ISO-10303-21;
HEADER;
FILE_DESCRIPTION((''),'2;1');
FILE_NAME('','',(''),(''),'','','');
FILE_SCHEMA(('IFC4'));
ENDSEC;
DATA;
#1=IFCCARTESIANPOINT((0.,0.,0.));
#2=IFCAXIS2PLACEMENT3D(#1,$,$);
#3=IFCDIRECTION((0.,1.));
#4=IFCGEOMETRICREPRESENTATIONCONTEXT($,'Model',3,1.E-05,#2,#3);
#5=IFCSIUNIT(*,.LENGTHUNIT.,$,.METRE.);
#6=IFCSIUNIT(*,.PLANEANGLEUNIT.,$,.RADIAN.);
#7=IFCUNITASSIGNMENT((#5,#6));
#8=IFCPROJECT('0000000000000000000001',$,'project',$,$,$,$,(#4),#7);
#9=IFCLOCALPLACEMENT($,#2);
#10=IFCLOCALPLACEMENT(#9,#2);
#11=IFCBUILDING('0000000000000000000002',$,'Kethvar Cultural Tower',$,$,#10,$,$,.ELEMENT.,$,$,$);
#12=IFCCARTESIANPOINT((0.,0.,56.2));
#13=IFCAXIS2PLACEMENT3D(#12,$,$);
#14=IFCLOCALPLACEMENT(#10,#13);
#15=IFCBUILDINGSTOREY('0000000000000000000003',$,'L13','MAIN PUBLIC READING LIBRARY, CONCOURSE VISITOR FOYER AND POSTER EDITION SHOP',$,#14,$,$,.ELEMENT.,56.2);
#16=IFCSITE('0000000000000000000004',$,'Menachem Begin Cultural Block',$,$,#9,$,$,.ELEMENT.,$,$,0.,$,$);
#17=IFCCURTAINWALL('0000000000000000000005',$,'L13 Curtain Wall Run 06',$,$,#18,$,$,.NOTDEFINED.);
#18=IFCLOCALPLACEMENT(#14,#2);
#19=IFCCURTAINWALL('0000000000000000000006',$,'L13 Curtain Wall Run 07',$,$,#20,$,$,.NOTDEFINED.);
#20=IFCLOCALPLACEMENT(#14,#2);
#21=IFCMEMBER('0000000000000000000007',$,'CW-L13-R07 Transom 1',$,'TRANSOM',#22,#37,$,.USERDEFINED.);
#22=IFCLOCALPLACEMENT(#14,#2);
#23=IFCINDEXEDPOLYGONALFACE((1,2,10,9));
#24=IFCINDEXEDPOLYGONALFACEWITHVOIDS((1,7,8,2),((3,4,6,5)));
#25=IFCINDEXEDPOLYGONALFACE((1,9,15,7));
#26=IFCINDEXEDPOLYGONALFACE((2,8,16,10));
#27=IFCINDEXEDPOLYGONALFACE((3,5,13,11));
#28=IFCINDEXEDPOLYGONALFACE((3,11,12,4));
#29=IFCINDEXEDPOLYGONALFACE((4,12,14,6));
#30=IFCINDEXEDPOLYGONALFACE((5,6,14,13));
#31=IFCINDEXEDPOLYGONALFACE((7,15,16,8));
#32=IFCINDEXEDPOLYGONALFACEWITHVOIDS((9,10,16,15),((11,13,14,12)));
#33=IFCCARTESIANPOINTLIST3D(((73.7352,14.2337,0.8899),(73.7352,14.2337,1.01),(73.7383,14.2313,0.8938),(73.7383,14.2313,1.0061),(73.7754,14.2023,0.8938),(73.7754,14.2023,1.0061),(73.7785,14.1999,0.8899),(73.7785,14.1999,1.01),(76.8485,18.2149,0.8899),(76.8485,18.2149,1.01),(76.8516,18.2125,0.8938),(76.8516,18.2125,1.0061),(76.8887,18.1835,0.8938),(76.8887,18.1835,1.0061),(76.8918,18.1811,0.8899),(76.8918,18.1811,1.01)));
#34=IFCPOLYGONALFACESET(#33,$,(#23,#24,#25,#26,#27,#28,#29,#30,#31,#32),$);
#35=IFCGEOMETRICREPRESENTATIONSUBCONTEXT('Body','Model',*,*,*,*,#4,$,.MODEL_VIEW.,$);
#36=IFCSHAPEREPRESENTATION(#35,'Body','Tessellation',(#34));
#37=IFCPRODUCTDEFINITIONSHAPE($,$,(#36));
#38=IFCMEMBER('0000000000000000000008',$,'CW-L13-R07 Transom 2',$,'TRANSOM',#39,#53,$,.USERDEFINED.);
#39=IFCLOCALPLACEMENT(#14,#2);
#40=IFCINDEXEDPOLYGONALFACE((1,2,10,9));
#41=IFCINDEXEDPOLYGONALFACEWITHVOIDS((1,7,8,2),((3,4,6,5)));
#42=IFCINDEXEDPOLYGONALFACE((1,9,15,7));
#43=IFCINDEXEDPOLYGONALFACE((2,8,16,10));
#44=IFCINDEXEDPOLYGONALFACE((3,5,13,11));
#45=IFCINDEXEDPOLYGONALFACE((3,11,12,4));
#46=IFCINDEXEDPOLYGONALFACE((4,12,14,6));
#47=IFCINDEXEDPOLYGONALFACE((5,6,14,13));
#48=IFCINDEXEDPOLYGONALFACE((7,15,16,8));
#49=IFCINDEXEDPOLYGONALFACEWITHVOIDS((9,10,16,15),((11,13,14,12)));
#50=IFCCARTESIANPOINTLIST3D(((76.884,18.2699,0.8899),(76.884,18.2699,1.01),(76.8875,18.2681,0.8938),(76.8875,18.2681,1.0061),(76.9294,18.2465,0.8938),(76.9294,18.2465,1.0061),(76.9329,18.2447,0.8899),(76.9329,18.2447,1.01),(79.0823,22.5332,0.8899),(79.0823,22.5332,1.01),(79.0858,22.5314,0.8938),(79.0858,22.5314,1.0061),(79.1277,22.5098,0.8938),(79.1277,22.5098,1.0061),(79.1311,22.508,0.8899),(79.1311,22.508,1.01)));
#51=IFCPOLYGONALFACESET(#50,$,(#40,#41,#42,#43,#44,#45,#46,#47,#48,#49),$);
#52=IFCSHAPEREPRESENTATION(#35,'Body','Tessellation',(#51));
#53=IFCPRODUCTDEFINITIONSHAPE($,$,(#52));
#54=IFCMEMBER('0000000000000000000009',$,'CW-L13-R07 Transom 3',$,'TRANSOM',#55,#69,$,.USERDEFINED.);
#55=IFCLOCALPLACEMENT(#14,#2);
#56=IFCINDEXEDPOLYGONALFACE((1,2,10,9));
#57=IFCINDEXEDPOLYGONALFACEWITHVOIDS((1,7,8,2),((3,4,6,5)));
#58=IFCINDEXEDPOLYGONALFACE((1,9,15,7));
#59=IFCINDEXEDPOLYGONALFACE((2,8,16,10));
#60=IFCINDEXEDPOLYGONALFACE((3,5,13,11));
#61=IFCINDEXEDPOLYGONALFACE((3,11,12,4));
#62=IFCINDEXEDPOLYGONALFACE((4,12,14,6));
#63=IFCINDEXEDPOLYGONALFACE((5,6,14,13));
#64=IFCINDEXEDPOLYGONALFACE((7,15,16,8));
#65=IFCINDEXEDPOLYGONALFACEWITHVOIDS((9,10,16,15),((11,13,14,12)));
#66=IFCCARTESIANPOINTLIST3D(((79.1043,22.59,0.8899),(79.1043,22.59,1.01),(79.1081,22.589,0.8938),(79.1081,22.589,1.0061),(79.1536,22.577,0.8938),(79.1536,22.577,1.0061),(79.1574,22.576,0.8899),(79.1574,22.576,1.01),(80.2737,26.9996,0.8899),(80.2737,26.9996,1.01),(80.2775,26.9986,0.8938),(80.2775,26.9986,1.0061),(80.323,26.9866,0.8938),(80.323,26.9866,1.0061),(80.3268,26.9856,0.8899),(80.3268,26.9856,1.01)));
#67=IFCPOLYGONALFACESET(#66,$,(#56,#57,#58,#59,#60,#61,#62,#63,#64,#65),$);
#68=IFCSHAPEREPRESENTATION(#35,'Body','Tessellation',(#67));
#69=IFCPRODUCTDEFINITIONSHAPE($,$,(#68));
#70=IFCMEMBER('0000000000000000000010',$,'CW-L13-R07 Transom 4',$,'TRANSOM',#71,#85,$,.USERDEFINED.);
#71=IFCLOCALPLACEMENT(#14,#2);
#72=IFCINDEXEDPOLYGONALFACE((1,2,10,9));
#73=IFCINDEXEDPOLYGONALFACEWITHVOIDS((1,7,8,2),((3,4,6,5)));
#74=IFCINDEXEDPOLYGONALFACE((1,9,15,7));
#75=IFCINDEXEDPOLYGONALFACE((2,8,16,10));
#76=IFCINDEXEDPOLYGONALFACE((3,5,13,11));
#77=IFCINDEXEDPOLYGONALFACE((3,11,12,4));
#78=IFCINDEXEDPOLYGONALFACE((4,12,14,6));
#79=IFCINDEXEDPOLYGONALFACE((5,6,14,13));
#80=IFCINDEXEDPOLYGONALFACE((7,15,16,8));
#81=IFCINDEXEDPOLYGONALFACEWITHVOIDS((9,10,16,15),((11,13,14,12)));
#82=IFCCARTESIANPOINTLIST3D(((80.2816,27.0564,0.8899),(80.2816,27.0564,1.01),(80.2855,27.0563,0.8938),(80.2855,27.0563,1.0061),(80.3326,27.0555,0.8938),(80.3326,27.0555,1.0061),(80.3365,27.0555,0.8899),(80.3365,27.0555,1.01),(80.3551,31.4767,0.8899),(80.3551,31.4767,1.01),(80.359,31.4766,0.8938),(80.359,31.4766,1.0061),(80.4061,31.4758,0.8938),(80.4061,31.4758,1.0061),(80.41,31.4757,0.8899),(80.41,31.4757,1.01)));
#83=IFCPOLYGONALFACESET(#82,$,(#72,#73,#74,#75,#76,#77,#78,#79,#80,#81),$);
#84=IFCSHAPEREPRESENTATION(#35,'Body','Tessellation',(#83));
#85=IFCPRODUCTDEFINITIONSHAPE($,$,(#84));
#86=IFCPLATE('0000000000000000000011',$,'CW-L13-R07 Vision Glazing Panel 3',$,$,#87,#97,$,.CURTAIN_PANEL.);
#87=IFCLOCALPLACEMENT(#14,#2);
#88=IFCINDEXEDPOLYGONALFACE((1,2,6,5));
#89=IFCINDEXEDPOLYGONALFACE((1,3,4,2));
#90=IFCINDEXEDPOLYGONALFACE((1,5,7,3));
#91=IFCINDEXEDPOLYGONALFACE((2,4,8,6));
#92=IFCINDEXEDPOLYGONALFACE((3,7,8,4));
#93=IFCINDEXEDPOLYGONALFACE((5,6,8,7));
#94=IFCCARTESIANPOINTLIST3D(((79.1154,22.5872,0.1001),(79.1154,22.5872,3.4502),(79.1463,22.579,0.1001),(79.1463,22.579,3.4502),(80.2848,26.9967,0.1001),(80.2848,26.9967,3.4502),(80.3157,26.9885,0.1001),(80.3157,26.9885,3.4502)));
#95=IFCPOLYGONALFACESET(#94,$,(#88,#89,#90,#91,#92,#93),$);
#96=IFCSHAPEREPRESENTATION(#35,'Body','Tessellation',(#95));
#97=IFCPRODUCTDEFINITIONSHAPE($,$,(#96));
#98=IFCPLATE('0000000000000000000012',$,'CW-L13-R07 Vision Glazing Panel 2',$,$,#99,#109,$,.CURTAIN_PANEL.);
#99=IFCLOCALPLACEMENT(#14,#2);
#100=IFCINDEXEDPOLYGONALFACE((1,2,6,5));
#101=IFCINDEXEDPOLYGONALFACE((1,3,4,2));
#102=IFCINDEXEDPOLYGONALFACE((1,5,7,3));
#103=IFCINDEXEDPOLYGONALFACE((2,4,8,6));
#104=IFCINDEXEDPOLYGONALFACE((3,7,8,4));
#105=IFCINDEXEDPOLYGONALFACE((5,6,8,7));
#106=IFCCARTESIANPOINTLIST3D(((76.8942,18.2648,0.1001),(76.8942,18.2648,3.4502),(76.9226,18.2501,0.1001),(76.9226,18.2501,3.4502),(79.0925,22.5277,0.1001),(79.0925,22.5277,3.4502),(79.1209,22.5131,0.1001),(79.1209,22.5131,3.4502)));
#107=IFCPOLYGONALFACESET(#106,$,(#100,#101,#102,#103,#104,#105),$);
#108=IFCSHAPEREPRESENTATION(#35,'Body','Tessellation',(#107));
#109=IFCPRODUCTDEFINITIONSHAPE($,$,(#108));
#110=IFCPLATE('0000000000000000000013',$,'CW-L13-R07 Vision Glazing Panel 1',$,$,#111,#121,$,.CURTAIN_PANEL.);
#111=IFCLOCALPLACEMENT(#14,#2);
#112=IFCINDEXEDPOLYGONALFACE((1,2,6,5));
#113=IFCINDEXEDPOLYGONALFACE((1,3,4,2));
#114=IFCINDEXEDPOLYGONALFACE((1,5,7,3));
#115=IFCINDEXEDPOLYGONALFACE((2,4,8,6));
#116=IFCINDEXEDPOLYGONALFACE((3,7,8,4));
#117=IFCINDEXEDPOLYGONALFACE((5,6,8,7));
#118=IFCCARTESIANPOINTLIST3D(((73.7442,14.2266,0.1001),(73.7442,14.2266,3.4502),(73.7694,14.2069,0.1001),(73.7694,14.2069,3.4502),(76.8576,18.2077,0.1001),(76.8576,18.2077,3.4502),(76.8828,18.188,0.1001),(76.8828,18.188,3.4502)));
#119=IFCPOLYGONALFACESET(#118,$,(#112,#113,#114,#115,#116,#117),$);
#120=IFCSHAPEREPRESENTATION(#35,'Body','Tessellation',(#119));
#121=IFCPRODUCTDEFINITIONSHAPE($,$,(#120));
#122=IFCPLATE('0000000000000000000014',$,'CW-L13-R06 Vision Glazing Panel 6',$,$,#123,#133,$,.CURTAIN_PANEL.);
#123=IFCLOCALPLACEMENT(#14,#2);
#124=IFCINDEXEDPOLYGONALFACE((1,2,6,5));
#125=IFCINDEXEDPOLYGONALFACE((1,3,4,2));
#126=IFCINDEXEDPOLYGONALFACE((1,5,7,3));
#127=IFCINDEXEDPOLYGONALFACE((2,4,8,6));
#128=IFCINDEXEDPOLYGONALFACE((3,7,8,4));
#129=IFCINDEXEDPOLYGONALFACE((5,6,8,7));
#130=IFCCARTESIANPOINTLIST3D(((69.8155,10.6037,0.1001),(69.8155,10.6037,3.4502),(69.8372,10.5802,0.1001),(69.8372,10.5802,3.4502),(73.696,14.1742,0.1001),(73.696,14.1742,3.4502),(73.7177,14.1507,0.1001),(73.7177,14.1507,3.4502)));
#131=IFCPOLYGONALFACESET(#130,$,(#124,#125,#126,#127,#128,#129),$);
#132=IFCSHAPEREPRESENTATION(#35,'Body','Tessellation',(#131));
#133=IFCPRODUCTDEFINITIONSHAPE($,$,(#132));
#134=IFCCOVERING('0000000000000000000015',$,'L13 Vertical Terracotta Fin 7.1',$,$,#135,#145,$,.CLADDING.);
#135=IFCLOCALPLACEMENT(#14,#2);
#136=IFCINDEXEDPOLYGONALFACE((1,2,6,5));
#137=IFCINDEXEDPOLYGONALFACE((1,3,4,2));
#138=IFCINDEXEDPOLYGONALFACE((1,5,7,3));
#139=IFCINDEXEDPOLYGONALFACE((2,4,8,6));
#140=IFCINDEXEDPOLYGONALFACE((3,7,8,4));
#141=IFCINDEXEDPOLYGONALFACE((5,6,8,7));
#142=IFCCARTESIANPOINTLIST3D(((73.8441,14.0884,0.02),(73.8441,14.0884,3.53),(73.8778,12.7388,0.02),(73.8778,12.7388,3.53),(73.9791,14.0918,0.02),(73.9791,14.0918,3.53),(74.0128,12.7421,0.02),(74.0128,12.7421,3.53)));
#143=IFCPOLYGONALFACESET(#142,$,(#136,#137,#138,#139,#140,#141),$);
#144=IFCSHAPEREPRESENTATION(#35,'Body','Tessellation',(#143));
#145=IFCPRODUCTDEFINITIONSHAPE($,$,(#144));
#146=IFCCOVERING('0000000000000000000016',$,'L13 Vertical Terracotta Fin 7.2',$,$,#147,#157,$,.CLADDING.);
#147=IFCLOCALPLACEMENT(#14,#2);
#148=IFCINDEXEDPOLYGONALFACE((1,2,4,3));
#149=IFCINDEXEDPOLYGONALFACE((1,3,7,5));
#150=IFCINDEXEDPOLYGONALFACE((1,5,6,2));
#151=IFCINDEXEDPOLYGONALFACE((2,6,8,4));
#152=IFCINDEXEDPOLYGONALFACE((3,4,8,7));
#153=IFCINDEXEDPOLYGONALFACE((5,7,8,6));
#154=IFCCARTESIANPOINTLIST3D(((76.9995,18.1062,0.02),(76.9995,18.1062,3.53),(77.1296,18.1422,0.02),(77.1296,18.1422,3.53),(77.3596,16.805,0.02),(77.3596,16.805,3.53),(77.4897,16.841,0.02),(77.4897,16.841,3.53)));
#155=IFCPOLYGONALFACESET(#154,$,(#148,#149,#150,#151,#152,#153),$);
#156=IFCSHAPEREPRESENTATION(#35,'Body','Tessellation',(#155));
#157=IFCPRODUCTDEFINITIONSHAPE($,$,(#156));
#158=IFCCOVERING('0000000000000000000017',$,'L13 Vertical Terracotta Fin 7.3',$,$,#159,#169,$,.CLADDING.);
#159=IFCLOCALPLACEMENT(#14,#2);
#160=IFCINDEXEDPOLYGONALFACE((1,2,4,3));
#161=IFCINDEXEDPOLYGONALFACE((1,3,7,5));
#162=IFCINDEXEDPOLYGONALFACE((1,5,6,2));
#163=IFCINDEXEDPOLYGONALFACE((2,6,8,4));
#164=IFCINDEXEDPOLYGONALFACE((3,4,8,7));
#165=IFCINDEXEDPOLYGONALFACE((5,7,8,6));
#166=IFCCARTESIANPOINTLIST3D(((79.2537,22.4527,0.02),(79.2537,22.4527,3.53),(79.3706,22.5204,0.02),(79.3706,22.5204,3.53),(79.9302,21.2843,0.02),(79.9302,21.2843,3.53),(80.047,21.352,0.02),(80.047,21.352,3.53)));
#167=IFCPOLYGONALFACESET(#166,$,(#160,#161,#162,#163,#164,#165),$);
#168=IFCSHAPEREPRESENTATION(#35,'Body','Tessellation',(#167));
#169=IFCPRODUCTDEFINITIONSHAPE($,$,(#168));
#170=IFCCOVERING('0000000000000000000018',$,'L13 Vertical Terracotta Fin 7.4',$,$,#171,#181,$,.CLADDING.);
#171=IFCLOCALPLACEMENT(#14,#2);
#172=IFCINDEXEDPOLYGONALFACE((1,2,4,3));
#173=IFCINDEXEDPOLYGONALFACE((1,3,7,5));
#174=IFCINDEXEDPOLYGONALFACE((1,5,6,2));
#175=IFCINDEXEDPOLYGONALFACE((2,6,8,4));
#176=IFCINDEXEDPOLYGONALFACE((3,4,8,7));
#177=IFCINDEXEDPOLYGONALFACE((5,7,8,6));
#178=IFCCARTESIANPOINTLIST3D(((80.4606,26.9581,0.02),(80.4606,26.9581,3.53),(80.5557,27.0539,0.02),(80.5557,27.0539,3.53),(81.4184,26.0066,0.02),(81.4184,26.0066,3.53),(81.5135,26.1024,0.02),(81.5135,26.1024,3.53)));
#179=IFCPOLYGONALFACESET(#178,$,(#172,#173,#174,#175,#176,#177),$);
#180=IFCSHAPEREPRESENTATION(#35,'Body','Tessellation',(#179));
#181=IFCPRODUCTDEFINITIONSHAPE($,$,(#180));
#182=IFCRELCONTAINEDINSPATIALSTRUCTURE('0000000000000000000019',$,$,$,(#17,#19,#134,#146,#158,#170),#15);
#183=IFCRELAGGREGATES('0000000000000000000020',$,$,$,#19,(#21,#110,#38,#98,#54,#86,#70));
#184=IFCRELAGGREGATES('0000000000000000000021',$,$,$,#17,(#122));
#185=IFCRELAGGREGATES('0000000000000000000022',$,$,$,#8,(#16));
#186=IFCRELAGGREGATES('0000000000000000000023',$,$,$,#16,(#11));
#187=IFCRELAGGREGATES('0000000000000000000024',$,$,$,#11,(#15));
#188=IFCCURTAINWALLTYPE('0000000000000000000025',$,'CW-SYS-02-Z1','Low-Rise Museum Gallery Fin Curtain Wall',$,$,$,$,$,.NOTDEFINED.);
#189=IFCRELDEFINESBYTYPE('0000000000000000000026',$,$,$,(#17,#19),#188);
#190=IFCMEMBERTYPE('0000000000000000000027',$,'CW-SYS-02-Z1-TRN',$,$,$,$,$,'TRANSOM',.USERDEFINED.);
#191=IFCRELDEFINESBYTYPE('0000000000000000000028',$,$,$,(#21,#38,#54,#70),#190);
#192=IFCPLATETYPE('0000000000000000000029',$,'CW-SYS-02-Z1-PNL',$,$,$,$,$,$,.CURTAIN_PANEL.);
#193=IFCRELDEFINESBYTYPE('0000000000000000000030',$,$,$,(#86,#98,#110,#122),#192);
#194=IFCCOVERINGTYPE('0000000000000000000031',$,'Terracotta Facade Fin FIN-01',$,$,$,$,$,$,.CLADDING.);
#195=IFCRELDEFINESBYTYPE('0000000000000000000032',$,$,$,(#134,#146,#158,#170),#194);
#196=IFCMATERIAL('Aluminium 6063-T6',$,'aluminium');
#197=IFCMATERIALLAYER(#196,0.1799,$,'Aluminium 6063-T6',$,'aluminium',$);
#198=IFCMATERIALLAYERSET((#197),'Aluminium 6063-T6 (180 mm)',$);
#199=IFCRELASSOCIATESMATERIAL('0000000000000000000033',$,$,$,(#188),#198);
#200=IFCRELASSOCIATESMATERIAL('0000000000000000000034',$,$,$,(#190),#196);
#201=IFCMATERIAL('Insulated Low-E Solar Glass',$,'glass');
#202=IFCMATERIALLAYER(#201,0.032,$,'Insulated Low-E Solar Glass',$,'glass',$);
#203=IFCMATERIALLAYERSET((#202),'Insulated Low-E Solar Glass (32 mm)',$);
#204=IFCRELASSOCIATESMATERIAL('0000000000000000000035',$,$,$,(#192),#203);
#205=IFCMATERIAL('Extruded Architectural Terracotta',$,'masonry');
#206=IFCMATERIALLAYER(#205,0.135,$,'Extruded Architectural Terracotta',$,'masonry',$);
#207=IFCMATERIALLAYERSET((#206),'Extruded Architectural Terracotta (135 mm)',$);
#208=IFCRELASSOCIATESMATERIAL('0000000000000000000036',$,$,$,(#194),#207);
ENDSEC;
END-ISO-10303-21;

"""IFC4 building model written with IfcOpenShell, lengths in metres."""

from ifc_helpers import new_model, si_unit, direction, frame, origin, origin_2d, place, context, subcontext, project, spatial, rectangle, hollow_rectangle, extrude, source, transform, mapped, material, layer, layer_set, material_profile, profile_set, type_object, element, aggregate, save


model = new_model("IFC4")

# Units and contexts
model_context = context("Model", 3, precision=1e-05, world=origin(), true_north=direction((0.0, 1.0)))
body_context = subcontext(model_context, "Body", "Model", "MODEL_VIEW")
ifc_project = project(units=[si_unit("LENGTHUNIT", "METRE"), si_unit("PLANEANGLEUNIT", "RADIAN")], contexts=[model_context])

# Site, building, storey
site_placement = place(None, origin())
site = spatial("IfcSite", under=ifc_project, at=site_placement, Name="Menachem Begin Cultural Block", CompositionType="ELEMENT", RefElevation=0.0)
building_placement = place(site_placement, origin())
building = spatial("IfcBuilding", under=site, at=building_placement, Name="Kethvar Cultural Tower", CompositionType="ELEMENT")
storey_placement = place(building_placement, frame((0.0, 0.0, 56.2)))
storey = spatial("IfcBuildingStorey", under=building, at=storey_placement, Name="L13", Description="MAIN PUBLIC READING LIBRARY, CONCOURSE VISITOR FOYER AND POSTER EDITION SHOP", CompositionType="ELEMENT", Elevation=56.2)

# Curtain wall
ifc_material_1 = material(Name="Aluminium 6063-T6", Category="aluminium")
ifc_layer_1 = layer(ifc_material_1, 0.1799, Name="Aluminium 6063-T6", Category="aluminium")
ifc_layer_set_1 = layer_set([ifc_layer_1], Name="Aluminium 6063-T6 (180 mm)")
curtain_wall_type = type_object("IfcCurtainWallType", Name="CW-SYS-02-Z1", Description="Low-Rise Museum Gallery Fin Curtain Wall", PredefinedType="NOTDEFINED", material=ifc_layer_set_1)
curtain_wall_1_placement = place(storey_placement, origin())
curtain_wall_1 = element("IfcCurtainWall", 1, at=curtain_wall_1_placement, inside=storey, type_object=curtain_wall_type, Name="L13 Curtain Wall Run 06", PredefinedType="NOTDEFINED")

# Curtain wall, members, plates
curtain_wall_2_placement = place(storey_placement, origin())
curtain_wall_2 = element("IfcCurtainWall", 2, at=curtain_wall_2_placement, inside=storey, type_object=curtain_wall_type, Name="L13 Curtain Wall Run 07", PredefinedType="NOTDEFINED")
ifc_material_profile_1 = material_profile(ifc_material_1, hollow_rectangle(XDim=0.0549, YDim=0.1201, WallThickness=0.0039, at=origin_2d()), Name="Aluminium 6063-T6 — RHS120x55x4")
ifc_profile_set_1 = profile_set([ifc_material_profile_1], Name="Aluminium 6063-T6 — RHS120x55x4")
member_type_1 = type_object("IfcMemberType", Name="CW-SYS-02-Z1-TRN", ElementType="TRANSOM", PredefinedType="USERDEFINED", material=ifc_profile_set_1)
shared_shape_1 = source(origin(), body_context, "Body", "SweptSolid", [
    extrude(hollow_rectangle(XDim=0.0549, YDim=0.1201, WallThickness=0.0039, at=origin_2d()), origin(), (0.0, 0.0, 1.0), 5.054),
])
member_1_placement = place(storey_placement, frame((73.7568, 14.2168, 0.95), z_axis=(0.616009, 0.787739, 0.0), x_axis=(-0.787739, 0.616009, 0.0)))
member_1 = element("IfcMember", 3, at=member_1_placement, type_object=member_type_1, Name="CW-L13-R07 Transom 1", ObjectType="TRANSOM", PredefinedType="USERDEFINED", context=body_context, shape_type="MappedRepresentation", body=[
    mapped(shared_shape_1, transform((0.0, 0.0, 0.0), scale=1.0)),
])
shared_shape_2 = source(origin(), body_context, "Body", "SweptSolid", [
    extrude(hollow_rectangle(XDim=0.0549, YDim=0.1201, WallThickness=0.0039, at=origin_2d()), origin(), (0.0, 0.0, 1.0), 4.7966),
])
member_2_placement = place(storey_placement, frame((76.9084, 18.2573, 0.95), z_axis=(0.458295, 0.8888, 0.0), x_axis=(-0.8888, 0.458295, 0.0)))
member_2 = element("IfcMember", 4, at=member_2_placement, type_object=member_type_1, Name="CW-L13-R07 Transom 2", ObjectType="TRANSOM", PredefinedType="USERDEFINED", context=body_context, shape_type="MappedRepresentation", body=[
    mapped(shared_shape_2, transform((0.0, 0.0, 0.0), scale=1.0)),
])
shared_shape_3 = source(origin(), body_context, "Body", "SweptSolid", [
    extrude(hollow_rectangle(XDim=0.0549, YDim=0.1201, WallThickness=0.0039, at=origin_2d()), origin(), (0.0, 0.0, 1.0), 4.562),
])
member_3_placement = place(storey_placement, frame((79.1309, 22.583, 0.95), z_axis=(0.256337, 0.966588, 0.0), x_axis=(-0.966588, 0.256337, 0.0)))
member_3 = element("IfcMember", 5, at=member_3_placement, type_object=member_type_1, Name="CW-L13-R07 Transom 3", ObjectType="TRANSOM", PredefinedType="USERDEFINED", context=body_context, shape_type="MappedRepresentation", body=[
    mapped(shared_shape_3, transform((0.0, 0.0, 0.0), scale=1.0)),
])
shared_shape_4 = source(origin(), body_context, "Body", "SweptSolid", [
    extrude(hollow_rectangle(XDim=0.0549, YDim=0.1201, WallThickness=0.0039, at=origin_2d()), origin(), (0.0, 0.0, 1.0), 4.4209),
])
member_4_placement = place(storey_placement, frame((80.3091, 27.0559, 0.95), z_axis=(0.016623, 0.999862, 0.0), x_axis=(-0.999862, 0.016623, 0.0)))
member_4 = element("IfcMember", 6, at=member_4_placement, type_object=member_type_1, Name="CW-L13-R07 Transom 4", ObjectType="TRANSOM", PredefinedType="USERDEFINED", context=body_context, shape_type="MappedRepresentation", body=[
    mapped(shared_shape_4, transform((0.0, 0.0, 0.0), scale=1.0)),
])
ifc_material_2 = material(Name="Insulated Low-E Solar Glass", Category="glass")
ifc_layer_2 = layer(ifc_material_2, 0.032, Name="Insulated Low-E Solar Glass", Category="glass")
ifc_layer_set_2 = layer_set([ifc_layer_2], Name="Insulated Low-E Solar Glass (32 mm)")
plate_type = type_object("IfcPlateType", Name="CW-SYS-02-Z1-PNL", PredefinedType="CURTAIN_PANEL", material=ifc_layer_set_2)
shared_shape_5 = source(origin(), body_context, "Body", "SweptSolid", [
    extrude(rectangle(XDim=4.562, YDim=0.032, at=origin_2d()), origin(), (0.0, 0.0, 1.0), 3.3501),
])
plate_1_placement = place(storey_placement, frame((79.7156, 24.7878, 0.1001), z_axis=(0.0, 0.0, 1.0), x_axis=(0.25634, 0.966587, 0.0)))
plate_1 = element("IfcPlate", 7, at=plate_1_placement, type_object=plate_type, Name="CW-L13-R07 Vision Glazing Panel 3", PredefinedType="CURTAIN_PANEL", context=body_context, shape_type="MappedRepresentation", body=[
    mapped(shared_shape_5, transform((0.0, 0.0, 0.0), scale=1.0)),
])
shared_shape_6 = source(origin(), body_context, "Body", "SweptSolid", [
    extrude(rectangle(XDim=4.7964, YDim=0.032, at=origin_2d()), origin(), (0.0, 0.0, 1.0), 3.3501),
])
plate_2_placement = place(storey_placement, frame((78.0076, 20.3889, 0.1001), z_axis=(0.0, 0.0, 1.0), x_axis=(0.458324, 0.888785, 0.0)))
plate_2 = element("IfcPlate", 8, at=plate_2_placement, type_object=plate_type, Name="CW-L13-R07 Vision Glazing Panel 2", PredefinedType="CURTAIN_PANEL", context=body_context, shape_type="MappedRepresentation", body=[
    mapped(shared_shape_6, transform((0.0, 0.0, 0.0), scale=1.0)),
])
shared_shape_7 = source(origin(), body_context, "Body", "SweptSolid", [
    extrude(rectangle(XDim=5.054, YDim=0.032, at=origin_2d()), origin(), (0.0, 0.0, 1.0), 3.3501),
])
plate_3_placement = place(storey_placement, frame((75.3135, 16.2073, 0.1001), z_axis=(0.0, 0.0, 1.0), x_axis=(0.616033, 0.787721, 0.0)))
plate_3 = element("IfcPlate", 9, at=plate_3_placement, type_object=plate_type, Name="CW-L13-R07 Vision Glazing Panel 1", PredefinedType="CURTAIN_PANEL", context=body_context, shape_type="MappedRepresentation", body=[
    mapped(shared_shape_7, transform((0.0, 0.0, 0.0), scale=1.0)),
])
aggregate(curtain_wall_2, [member_1, plate_3, member_2, plate_2, member_3, plate_1, member_4])

# Plate
shared_shape_8 = source(origin(), body_context, "Body", "SweptSolid", [
    extrude(rectangle(XDim=5.2732, YDim=0.032, at=origin_2d()), origin(), (0.0, 0.0, 1.0), 3.3501),
])
plate_4_placement = place(storey_placement, frame((71.7666, 12.3772, 0.1001), z_axis=(0.0, 0.0, 1.0), x_axis=(0.735884, 0.677107, 0.0)))
plate_4 = element("IfcPlate", 10, at=plate_4_placement, type_object=plate_type, Name="CW-L13-R06 Vision Glazing Panel 6", PredefinedType="CURTAIN_PANEL", context=body_context, shape_type="MappedRepresentation", body=[
    mapped(shared_shape_8, transform((0.0, 0.0, 0.0), scale=1.0)),
])
aggregate(curtain_wall_1, [plate_4])

# Coverings
ifc_material_3 = material(Name="Extruded Architectural Terracotta", Category="masonry")
ifc_layer_3 = layer(ifc_material_3, 0.135, Name="Extruded Architectural Terracotta", Category="masonry")
ifc_layer_set_3 = layer_set([ifc_layer_3], Name="Extruded Architectural Terracotta (135 mm)")
covering_type = type_object("IfcCoveringType", Name="Terracotta Facade Fin FIN-01", PredefinedType="CLADDING", material=ifc_layer_set_3)
shared_shape_9 = source(origin(), body_context, "Body", "SweptSolid", [
    extrude(rectangle(XDim=1.3501, YDim=0.135, at=origin_2d()), origin(), (0.0, 0.0, 1.0), 3.51),
])
for number, where, z_axis, x_axis, name in (
    (11, (73.9285, 13.4153, 0.02), (0.0, 0.0, 1.0), (0.024956, -0.999689, 0.0), "L13 Vertical Terracotta Fin 7.1"),
    (12, (77.2446, 17.4736, 0.02), (0.0, 0.0, 1.0), (0.266734, -0.96377, 0.0), "L13 Vertical Terracotta Fin 7.2"),
    (13, (79.6504, 21.9023, 0.02), (0.0, 0.0, 1.0), (0.501058, -0.865414, 0.0), "L13 Vertical Terracotta Fin 7.3"),
    (14, (80.9871, 26.5303, 0.02), (0.0, 0.0, 1.0), (0.709448, -0.704758, 0.0), "L13 Vertical Terracotta Fin 7.4"),
):
    element("IfcCovering", number, at=place(storey_placement, frame(where, z_axis=z_axis, x_axis=x_axis)), inside=storey, type_object=covering_type, Name=name, PredefinedType="CLADDING", context=body_context, shape_type="MappedRepresentation", body=[
        mapped(shared_shape_9, transform((0.0, 0.0, 0.0), scale=1.0)),
    ])

save(model, "model.ifc")
